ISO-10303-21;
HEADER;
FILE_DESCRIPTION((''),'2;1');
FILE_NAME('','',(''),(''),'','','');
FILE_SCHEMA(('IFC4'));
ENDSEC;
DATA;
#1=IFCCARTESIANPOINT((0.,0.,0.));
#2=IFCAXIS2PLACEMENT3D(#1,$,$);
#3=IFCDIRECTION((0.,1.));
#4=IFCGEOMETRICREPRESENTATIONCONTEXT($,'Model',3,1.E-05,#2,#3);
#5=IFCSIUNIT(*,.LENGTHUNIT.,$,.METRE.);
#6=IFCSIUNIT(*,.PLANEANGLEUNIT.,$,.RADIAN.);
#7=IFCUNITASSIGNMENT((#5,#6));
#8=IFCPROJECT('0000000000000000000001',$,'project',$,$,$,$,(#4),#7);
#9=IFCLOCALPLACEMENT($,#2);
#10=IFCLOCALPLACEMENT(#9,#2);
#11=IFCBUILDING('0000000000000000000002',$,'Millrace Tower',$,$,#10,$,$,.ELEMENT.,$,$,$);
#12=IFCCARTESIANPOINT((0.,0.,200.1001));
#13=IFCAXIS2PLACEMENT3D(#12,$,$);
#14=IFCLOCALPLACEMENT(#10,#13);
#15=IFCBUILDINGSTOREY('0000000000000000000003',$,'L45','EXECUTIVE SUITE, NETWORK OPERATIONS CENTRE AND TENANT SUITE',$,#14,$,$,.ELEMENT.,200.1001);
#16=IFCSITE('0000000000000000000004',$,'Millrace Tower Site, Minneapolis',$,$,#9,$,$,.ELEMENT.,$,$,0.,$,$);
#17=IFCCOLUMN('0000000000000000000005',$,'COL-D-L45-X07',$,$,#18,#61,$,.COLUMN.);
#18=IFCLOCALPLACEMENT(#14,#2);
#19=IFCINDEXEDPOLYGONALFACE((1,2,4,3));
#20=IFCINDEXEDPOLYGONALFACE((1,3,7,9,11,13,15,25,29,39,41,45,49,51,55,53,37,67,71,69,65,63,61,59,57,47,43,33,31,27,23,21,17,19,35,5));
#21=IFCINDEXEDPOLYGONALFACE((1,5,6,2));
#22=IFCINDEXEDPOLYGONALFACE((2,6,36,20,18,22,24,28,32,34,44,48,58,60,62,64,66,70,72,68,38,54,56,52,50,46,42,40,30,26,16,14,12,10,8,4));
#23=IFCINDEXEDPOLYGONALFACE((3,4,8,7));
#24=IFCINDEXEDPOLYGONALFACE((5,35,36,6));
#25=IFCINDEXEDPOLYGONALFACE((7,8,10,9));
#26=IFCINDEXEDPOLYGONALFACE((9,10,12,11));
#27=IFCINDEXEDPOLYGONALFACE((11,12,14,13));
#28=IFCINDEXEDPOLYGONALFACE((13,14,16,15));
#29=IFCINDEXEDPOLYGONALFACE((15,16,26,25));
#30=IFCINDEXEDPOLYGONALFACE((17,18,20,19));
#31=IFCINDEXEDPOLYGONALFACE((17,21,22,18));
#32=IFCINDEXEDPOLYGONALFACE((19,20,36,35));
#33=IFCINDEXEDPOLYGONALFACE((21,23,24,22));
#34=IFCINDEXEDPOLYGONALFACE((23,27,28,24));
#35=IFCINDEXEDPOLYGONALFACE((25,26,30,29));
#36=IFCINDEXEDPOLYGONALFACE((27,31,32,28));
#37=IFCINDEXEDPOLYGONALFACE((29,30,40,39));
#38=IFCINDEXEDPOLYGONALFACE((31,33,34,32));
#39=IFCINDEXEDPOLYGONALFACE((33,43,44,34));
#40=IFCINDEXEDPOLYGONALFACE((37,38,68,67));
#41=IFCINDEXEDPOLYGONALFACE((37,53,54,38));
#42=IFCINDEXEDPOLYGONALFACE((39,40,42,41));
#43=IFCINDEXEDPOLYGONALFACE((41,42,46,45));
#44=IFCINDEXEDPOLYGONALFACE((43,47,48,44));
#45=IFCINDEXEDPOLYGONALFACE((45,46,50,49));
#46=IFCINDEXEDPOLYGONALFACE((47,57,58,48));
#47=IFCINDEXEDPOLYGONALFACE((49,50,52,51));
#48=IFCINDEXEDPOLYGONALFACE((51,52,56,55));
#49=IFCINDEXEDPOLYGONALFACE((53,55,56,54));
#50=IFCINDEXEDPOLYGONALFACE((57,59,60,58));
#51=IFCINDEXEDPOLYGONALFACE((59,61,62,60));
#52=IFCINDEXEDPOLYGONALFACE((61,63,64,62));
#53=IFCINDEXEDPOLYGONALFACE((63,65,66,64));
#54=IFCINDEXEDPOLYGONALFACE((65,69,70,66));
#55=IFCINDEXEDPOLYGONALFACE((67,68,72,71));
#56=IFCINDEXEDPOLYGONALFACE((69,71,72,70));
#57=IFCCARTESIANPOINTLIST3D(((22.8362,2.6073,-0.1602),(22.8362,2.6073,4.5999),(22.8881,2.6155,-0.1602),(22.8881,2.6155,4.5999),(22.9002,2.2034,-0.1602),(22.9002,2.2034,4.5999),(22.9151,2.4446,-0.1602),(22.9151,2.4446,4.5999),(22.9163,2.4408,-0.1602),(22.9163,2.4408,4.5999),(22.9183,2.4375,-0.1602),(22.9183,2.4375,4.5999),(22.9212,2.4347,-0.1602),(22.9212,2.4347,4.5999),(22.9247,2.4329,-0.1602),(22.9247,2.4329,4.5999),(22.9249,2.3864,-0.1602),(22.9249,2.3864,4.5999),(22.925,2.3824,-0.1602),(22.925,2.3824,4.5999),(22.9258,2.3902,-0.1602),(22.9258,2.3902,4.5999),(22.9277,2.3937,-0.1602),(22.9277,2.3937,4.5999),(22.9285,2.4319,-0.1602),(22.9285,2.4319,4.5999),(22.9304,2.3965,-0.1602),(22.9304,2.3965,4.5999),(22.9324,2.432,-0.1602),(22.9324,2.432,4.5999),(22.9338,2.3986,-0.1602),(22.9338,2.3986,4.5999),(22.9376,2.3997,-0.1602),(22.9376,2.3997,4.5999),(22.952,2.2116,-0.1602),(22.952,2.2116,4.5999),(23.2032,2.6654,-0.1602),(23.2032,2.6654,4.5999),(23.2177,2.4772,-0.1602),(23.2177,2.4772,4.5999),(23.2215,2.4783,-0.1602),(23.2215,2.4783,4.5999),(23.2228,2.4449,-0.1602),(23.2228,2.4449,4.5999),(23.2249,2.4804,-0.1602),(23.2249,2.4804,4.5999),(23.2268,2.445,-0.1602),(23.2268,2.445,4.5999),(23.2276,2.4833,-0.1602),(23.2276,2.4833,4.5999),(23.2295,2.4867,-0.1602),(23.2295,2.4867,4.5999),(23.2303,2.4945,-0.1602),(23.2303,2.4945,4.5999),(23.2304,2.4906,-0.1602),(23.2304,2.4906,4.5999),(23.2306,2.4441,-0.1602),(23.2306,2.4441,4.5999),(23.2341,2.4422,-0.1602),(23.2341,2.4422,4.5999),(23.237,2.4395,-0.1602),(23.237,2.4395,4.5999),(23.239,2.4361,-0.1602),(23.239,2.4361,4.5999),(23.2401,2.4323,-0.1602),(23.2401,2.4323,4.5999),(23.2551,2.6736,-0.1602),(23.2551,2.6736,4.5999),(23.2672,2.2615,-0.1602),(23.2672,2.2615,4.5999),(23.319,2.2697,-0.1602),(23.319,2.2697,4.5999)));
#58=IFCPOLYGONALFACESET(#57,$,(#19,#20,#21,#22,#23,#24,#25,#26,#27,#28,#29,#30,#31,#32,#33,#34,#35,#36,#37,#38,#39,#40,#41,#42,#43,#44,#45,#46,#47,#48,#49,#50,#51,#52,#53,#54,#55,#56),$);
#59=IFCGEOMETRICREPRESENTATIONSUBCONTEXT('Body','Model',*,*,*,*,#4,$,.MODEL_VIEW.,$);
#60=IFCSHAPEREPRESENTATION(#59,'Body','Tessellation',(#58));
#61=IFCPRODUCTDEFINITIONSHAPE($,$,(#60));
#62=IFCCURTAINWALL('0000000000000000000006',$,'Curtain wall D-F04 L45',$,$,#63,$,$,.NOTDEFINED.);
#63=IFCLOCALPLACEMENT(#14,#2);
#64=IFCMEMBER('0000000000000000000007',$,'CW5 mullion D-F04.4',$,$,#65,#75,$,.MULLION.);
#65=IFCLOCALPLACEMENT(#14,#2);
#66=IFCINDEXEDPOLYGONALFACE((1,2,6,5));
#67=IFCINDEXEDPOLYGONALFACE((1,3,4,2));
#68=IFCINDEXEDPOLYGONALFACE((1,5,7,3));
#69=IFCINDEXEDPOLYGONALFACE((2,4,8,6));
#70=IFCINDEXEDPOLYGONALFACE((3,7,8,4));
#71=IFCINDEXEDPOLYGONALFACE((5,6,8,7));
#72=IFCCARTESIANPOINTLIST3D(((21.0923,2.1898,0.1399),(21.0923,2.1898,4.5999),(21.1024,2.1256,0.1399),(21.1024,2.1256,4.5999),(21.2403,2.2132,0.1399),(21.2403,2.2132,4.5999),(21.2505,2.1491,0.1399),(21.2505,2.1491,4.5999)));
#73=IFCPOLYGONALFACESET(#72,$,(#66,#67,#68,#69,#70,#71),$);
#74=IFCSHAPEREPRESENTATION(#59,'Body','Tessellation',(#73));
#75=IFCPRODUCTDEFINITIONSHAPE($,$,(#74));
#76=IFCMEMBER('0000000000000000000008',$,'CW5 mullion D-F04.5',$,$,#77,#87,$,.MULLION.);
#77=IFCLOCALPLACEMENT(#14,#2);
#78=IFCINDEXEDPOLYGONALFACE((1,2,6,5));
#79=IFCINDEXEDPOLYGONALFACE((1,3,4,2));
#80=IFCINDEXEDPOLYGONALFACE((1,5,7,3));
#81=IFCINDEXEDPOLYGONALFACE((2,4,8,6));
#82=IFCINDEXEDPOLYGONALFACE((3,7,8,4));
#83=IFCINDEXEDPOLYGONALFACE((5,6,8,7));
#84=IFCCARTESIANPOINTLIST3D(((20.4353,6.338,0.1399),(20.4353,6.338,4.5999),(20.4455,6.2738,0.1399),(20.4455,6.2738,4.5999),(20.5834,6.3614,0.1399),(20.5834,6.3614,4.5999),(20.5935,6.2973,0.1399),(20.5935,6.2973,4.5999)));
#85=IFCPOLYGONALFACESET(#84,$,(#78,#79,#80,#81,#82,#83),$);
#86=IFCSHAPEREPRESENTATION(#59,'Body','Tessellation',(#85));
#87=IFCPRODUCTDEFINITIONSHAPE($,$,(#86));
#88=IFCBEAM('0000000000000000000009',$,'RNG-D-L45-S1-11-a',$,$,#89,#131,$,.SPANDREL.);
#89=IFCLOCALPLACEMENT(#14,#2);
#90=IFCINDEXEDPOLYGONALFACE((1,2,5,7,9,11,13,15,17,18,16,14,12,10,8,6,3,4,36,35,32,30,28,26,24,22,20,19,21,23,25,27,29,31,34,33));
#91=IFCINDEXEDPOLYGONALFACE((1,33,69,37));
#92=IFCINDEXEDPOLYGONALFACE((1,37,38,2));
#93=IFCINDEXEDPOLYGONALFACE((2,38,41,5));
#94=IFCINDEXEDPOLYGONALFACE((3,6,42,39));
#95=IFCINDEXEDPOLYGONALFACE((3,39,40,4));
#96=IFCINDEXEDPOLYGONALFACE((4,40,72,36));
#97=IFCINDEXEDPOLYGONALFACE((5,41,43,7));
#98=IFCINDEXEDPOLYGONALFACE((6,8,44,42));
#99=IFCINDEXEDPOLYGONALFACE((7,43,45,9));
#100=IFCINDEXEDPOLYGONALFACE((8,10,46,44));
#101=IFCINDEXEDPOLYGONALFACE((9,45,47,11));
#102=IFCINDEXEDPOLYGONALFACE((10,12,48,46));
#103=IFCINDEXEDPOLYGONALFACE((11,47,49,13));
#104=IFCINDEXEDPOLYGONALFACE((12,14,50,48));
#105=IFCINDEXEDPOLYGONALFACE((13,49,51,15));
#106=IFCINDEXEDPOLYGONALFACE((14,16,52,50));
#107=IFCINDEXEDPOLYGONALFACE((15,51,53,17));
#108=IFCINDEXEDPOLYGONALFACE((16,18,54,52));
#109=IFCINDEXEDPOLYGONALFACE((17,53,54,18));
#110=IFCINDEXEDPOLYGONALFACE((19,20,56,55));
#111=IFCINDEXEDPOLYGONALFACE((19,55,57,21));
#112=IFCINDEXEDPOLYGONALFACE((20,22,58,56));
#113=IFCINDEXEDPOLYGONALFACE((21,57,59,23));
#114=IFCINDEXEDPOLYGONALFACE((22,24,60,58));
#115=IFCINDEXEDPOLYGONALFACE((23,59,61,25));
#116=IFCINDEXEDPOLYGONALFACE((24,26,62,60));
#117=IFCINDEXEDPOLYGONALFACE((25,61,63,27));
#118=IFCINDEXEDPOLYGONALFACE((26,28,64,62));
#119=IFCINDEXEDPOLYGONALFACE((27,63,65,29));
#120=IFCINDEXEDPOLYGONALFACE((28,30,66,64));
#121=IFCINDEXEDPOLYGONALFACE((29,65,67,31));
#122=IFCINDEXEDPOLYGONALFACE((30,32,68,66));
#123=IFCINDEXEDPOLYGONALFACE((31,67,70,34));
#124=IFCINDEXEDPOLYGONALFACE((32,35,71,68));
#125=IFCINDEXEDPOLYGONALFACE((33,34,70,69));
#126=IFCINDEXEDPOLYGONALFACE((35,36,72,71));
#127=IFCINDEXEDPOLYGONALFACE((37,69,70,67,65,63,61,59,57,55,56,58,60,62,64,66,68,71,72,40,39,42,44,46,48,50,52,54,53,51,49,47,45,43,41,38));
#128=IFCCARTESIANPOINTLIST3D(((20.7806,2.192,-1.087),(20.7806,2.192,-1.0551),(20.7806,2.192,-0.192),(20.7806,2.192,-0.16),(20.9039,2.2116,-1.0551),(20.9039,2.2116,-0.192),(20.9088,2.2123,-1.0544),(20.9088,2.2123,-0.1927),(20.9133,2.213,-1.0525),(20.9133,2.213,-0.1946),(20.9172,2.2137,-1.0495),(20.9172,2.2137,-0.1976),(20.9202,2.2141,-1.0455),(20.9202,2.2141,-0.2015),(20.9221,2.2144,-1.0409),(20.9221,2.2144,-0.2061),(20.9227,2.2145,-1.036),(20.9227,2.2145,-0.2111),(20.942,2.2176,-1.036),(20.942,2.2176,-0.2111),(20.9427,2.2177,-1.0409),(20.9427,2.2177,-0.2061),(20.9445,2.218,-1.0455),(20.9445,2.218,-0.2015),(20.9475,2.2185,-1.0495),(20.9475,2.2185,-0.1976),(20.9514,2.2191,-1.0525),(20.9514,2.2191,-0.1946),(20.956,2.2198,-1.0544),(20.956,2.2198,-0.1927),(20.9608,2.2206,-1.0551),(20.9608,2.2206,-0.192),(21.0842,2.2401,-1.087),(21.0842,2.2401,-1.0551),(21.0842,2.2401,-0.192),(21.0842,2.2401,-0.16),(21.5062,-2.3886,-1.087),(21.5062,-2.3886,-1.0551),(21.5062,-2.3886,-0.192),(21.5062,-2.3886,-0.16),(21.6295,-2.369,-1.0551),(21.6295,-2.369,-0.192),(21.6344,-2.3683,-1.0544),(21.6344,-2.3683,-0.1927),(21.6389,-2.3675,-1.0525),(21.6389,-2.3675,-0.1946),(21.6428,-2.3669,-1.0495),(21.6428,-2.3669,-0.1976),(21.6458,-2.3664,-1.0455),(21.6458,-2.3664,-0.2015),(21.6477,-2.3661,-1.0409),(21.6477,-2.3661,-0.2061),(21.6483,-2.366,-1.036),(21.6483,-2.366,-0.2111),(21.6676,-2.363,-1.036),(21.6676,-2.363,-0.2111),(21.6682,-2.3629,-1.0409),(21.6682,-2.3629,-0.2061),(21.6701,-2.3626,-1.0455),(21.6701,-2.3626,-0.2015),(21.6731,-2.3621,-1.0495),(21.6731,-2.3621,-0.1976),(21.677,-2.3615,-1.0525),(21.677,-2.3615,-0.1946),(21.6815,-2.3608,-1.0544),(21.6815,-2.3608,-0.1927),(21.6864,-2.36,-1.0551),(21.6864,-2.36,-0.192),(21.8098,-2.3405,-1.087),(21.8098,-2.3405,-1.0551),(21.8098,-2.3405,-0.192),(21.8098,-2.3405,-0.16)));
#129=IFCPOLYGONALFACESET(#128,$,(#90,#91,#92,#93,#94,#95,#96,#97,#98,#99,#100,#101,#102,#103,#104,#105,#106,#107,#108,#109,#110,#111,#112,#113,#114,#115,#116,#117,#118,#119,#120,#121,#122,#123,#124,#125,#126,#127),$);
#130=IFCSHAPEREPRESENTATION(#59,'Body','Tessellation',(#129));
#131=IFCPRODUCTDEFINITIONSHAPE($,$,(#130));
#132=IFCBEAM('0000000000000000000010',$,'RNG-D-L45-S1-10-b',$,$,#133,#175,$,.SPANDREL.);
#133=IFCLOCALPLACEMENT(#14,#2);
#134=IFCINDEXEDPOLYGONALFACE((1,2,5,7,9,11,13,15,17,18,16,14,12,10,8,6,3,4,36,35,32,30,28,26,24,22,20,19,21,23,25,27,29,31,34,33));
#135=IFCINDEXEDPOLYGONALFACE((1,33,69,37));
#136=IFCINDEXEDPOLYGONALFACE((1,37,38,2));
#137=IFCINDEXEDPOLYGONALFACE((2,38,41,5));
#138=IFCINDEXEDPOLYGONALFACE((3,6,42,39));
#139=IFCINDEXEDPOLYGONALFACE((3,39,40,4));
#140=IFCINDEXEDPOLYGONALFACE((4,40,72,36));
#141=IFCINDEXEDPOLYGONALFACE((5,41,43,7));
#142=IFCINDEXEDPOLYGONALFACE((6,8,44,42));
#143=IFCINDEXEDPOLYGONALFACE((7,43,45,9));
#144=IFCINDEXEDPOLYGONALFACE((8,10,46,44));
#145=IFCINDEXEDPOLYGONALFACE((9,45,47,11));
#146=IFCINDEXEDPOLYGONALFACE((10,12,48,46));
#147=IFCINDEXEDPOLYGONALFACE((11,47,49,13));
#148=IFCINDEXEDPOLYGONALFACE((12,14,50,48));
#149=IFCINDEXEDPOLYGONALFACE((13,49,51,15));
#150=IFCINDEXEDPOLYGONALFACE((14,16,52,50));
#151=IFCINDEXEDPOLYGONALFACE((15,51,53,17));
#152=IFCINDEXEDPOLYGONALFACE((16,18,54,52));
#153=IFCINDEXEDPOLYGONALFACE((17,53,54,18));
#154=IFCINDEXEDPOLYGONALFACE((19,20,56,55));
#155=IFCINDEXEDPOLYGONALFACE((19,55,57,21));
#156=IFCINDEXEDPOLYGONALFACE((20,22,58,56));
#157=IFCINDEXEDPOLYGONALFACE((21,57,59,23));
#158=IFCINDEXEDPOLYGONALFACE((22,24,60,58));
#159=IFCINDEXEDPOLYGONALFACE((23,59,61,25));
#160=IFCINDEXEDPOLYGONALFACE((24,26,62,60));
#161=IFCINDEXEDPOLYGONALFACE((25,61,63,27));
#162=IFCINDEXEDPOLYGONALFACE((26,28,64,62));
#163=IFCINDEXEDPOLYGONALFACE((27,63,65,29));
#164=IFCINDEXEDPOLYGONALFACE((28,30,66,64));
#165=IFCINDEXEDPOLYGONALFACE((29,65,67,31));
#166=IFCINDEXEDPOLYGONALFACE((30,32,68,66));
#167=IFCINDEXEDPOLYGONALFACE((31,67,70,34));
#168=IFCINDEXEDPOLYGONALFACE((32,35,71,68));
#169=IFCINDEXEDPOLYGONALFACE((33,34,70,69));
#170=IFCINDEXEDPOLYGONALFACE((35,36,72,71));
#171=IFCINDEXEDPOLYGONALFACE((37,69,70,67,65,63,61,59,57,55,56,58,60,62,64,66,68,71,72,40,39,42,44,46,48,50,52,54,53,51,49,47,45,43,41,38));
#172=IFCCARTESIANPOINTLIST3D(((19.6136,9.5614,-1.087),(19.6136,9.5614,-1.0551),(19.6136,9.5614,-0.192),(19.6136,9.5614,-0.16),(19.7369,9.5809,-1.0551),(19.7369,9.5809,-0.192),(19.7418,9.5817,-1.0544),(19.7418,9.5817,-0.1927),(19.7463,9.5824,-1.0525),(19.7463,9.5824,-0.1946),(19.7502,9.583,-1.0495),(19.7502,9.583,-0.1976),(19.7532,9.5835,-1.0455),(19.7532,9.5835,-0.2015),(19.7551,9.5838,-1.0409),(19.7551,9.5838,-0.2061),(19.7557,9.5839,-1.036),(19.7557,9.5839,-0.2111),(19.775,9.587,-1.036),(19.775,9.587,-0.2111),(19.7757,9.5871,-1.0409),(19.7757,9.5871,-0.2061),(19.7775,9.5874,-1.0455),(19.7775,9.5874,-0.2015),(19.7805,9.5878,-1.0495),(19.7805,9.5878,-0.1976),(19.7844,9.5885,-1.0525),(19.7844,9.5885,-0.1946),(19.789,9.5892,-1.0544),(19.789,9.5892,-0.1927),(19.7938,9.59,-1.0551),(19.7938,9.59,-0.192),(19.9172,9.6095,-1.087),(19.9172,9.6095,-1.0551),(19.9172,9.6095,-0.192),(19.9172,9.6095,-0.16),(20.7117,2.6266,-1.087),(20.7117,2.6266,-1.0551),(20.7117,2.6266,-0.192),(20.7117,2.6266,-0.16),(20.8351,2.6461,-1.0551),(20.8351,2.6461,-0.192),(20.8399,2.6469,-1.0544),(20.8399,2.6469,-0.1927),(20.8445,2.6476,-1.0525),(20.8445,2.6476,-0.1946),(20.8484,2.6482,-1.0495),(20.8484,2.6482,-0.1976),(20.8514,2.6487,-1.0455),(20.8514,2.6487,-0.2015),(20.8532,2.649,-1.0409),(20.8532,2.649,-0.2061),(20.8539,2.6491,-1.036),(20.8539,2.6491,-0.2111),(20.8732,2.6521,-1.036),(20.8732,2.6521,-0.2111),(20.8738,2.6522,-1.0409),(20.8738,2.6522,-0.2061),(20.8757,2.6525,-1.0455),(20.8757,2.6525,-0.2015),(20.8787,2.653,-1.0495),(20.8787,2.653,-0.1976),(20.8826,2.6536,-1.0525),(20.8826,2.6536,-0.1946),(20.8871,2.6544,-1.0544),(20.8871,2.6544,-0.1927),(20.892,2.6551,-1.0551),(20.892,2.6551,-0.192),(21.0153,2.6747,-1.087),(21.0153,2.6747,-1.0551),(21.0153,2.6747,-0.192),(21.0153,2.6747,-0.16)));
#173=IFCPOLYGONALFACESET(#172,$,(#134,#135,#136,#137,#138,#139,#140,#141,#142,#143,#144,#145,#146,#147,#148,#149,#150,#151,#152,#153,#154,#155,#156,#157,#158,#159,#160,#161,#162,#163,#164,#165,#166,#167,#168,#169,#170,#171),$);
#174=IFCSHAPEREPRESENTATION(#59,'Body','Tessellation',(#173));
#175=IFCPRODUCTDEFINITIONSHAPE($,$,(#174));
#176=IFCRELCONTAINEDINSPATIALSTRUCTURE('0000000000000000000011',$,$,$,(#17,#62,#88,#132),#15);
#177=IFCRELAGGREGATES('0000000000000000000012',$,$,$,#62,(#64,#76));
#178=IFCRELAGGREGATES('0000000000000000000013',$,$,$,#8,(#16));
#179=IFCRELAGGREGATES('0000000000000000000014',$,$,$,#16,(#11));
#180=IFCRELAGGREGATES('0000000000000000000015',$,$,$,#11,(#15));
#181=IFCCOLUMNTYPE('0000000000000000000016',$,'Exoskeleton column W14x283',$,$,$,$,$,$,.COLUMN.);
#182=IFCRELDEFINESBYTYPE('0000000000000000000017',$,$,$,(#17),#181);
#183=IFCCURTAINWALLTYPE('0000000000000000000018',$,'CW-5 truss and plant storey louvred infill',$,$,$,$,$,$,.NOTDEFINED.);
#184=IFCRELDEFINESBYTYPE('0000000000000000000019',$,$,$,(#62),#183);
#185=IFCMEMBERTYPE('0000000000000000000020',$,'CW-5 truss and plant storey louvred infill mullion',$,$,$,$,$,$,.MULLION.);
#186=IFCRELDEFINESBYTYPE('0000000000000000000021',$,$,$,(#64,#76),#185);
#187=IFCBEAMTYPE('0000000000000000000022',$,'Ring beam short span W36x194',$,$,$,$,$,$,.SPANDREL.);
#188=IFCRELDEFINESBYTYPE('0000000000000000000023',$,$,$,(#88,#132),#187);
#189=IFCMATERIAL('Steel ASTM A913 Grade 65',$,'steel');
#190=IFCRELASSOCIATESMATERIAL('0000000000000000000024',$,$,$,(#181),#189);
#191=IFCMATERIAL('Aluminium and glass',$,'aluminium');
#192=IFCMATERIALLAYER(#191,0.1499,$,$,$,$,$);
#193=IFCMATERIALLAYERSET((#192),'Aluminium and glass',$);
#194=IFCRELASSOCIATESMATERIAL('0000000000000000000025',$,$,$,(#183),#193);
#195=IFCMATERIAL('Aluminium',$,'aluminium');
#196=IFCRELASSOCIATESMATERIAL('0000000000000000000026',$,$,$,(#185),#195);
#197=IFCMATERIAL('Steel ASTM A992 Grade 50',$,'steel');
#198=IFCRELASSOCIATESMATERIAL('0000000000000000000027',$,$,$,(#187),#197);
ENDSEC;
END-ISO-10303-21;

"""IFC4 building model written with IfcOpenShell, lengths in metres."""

from ifc_helpers import new_model, si_unit, direction, frame, origin, origin_2d, place, context, subcontext, project, spatial, rectangle, i_section, extrude, material, layer, layer_set, material_profile, profile_set, type_object, element, aggregate, save


model = new_model("IFC4")

# Units and contexts
model_context = context("Model", 3, precision=1e-05, world=origin(), true_north=direction((0.0, 1.0)))
body_context = subcontext(model_context, "Body", "Model", "MODEL_VIEW")
ifc_project = project(units=[si_unit("LENGTHUNIT", "METRE"), si_unit("PLANEANGLEUNIT", "RADIAN")], contexts=[model_context])

# Site, building, storey
site_placement = place(None, origin())
site = spatial("IfcSite", under=ifc_project, at=site_placement, Name="Millrace Tower Site, Minneapolis", CompositionType="ELEMENT", RefElevation=0.0)
building_placement = place(site_placement, origin())
building = spatial("IfcBuilding", under=site, at=building_placement, Name="Millrace Tower", CompositionType="ELEMENT")
storey_placement = place(building_placement, frame((0.0, 0.0, 200.1001)))
storey = spatial("IfcBuildingStorey", under=building, at=storey_placement, Name="L45", Description="EXECUTIVE SUITE, NETWORK OPERATIONS CENTRE AND TENANT SUITE", CompositionType="ELEMENT", Elevation=200.1001)

# Column
ifc_material_1 = material(Name="Steel ASTM A913 Grade 65", Category="steel")
ifc_material_profile_1 = material_profile(ifc_material_1, i_section(OverallWidth=0.4089, OverallDepth=0.4241, WebThickness=0.0327, FlangeThickness=0.0525, FilletRadius=0.0151, at=origin_2d()))
ifc_profile_set_1 = profile_set([ifc_material_profile_1], Name="Steel ASTM A913 Grade 65")
column_type = type_object("IfcColumnType", Name="Exoskeleton column W14x283", PredefinedType="COLUMN", material=ifc_profile_set_1)
column_placement = place(storey_placement, frame((23.0776, 2.4385, -0.1602), z_axis=(0.0, 0.0, 1.0), x_axis=(-0.156434, 0.987688, 0.0)))
element("IfcColumn", 1, at=column_placement, inside=storey, type_object=column_type, Name="COL-D-L45-X07", PredefinedType="COLUMN", context=body_context, shape_type="SweptSolid", body=[
    extrude(i_section(OverallWidth=0.4089, OverallDepth=0.4241, WebThickness=0.0327, FlangeThickness=0.0525, FilletRadius=0.0151, at=origin_2d()), origin(), (0.0, 0.0, 1.0), 4.76),
])

# Curtain wall, members
ifc_material_2 = material(Name="Aluminium and glass", Category="aluminium")
ifc_layer_1 = layer(ifc_material_2, 0.1499)
ifc_layer_set_1 = layer_set([ifc_layer_1], Name="Aluminium and glass")
curtain_wall_type = type_object("IfcCurtainWallType", Name="CW-5 truss and plant storey louvred infill", PredefinedType="NOTDEFINED", material=ifc_layer_set_1)
curtain_wall_placement = place(storey_placement, origin())
curtain_wall = element("IfcCurtainWall", 2, at=curtain_wall_placement, inside=storey, type_object=curtain_wall_type, Name="Curtain wall D-F04 L45", PredefinedType="NOTDEFINED")
ifc_material_3 = material(Name="Aluminium", Category="aluminium")
ifc_material_profile_2 = material_profile(ifc_material_3, rectangle(XDim=0.0649, YDim=0.1499, at=origin_2d()))
ifc_profile_set_2 = profile_set([ifc_material_profile_2], Name="Aluminium")
member_type_1 = type_object("IfcMemberType", Name="CW-5 truss and plant storey louvred infill mullion", PredefinedType="MULLION", material=ifc_profile_set_2)
member_1_placement = place(storey_placement, frame((21.1714, 2.1694, 0.1399), z_axis=(0.0, 0.0, 1.0), x_axis=(-0.156434, 0.987688, 0.0)))
member_1 = element("IfcMember", 3, at=member_1_placement, type_object=member_type_1, Name="CW5 mullion D-F04.4", PredefinedType="MULLION", context=body_context, shape_type="SweptSolid", body=[
    extrude(rectangle(XDim=0.0649, YDim=0.1499, at=origin_2d()), origin(), (0.0, 0.0, 1.0), 4.46),
])
member_2_placement = place(storey_placement, frame((20.5144, 6.3176, 0.1399), z_axis=(0.0, 0.0, 1.0), x_axis=(-0.156434, 0.987688, 0.0)))
member_2 = element("IfcMember", 4, at=member_2_placement, type_object=member_type_1, Name="CW5 mullion D-F04.5", PredefinedType="MULLION", context=body_context, shape_type="SweptSolid", body=[
    extrude(rectangle(XDim=0.0649, YDim=0.1499, at=origin_2d()), origin(), (0.0, 0.0, 1.0), 4.46),
])
aggregate(curtain_wall, [member_1, member_2])

# Beams
ifc_material_4 = material(Name="Steel ASTM A992 Grade 50", Category="steel")
ifc_material_profile_3 = material_profile(ifc_material_4, i_section(OverallWidth=0.3074, OverallDepth=0.927, WebThickness=0.0195, FlangeThickness=0.032, FilletRadius=0.019, at=origin_2d()))
ifc_profile_set_3 = profile_set([ifc_material_profile_3], Name="Steel ASTM A992 Grade 50")
beam_type_1 = type_object("IfcBeamType", Name="Ring beam short span W36x194", PredefinedType="SPANDREL", material=ifc_profile_set_3)
beam_1_placement = place(storey_placement, frame((20.9324, 2.2161, -0.6235), z_axis=(0.156455, -0.987685, 0.0), x_axis=(0.987685, 0.156455, 0.0)))
element("IfcBeam", 5, at=beam_1_placement, inside=storey, type_object=beam_type_1, Name="RNG-D-L45-S1-11-a", PredefinedType="SPANDREL", context=body_context, shape_type="SweptSolid", body=[
    extrude(i_section(OverallWidth=0.3074, OverallDepth=0.927, WebThickness=0.0195, FlangeThickness=0.032, FilletRadius=0.019, at=origin_2d()), origin(), (0.0, 0.0, 1.0), 4.6377),
])
beam_2_placement = place(storey_placement, frame((19.7654, 9.5854, -0.6235), z_axis=(0.156404, -0.987693, 0.0), x_axis=(0.987693, 0.156404, 0.0)))
element("IfcBeam", 6, at=beam_2_placement, inside=storey, type_object=beam_type_1, Name="RNG-D-L45-S1-10-b", PredefinedType="SPANDREL", context=body_context, shape_type="SweptSolid", body=[
    extrude(i_section(OverallWidth=0.3074, OverallDepth=0.927, WebThickness=0.0195, FlangeThickness=0.032, FilletRadius=0.019, at=origin_2d()), origin(), (0.0, 0.0, 1.0), 7.0212),
])

save(model, "model.ifc")
